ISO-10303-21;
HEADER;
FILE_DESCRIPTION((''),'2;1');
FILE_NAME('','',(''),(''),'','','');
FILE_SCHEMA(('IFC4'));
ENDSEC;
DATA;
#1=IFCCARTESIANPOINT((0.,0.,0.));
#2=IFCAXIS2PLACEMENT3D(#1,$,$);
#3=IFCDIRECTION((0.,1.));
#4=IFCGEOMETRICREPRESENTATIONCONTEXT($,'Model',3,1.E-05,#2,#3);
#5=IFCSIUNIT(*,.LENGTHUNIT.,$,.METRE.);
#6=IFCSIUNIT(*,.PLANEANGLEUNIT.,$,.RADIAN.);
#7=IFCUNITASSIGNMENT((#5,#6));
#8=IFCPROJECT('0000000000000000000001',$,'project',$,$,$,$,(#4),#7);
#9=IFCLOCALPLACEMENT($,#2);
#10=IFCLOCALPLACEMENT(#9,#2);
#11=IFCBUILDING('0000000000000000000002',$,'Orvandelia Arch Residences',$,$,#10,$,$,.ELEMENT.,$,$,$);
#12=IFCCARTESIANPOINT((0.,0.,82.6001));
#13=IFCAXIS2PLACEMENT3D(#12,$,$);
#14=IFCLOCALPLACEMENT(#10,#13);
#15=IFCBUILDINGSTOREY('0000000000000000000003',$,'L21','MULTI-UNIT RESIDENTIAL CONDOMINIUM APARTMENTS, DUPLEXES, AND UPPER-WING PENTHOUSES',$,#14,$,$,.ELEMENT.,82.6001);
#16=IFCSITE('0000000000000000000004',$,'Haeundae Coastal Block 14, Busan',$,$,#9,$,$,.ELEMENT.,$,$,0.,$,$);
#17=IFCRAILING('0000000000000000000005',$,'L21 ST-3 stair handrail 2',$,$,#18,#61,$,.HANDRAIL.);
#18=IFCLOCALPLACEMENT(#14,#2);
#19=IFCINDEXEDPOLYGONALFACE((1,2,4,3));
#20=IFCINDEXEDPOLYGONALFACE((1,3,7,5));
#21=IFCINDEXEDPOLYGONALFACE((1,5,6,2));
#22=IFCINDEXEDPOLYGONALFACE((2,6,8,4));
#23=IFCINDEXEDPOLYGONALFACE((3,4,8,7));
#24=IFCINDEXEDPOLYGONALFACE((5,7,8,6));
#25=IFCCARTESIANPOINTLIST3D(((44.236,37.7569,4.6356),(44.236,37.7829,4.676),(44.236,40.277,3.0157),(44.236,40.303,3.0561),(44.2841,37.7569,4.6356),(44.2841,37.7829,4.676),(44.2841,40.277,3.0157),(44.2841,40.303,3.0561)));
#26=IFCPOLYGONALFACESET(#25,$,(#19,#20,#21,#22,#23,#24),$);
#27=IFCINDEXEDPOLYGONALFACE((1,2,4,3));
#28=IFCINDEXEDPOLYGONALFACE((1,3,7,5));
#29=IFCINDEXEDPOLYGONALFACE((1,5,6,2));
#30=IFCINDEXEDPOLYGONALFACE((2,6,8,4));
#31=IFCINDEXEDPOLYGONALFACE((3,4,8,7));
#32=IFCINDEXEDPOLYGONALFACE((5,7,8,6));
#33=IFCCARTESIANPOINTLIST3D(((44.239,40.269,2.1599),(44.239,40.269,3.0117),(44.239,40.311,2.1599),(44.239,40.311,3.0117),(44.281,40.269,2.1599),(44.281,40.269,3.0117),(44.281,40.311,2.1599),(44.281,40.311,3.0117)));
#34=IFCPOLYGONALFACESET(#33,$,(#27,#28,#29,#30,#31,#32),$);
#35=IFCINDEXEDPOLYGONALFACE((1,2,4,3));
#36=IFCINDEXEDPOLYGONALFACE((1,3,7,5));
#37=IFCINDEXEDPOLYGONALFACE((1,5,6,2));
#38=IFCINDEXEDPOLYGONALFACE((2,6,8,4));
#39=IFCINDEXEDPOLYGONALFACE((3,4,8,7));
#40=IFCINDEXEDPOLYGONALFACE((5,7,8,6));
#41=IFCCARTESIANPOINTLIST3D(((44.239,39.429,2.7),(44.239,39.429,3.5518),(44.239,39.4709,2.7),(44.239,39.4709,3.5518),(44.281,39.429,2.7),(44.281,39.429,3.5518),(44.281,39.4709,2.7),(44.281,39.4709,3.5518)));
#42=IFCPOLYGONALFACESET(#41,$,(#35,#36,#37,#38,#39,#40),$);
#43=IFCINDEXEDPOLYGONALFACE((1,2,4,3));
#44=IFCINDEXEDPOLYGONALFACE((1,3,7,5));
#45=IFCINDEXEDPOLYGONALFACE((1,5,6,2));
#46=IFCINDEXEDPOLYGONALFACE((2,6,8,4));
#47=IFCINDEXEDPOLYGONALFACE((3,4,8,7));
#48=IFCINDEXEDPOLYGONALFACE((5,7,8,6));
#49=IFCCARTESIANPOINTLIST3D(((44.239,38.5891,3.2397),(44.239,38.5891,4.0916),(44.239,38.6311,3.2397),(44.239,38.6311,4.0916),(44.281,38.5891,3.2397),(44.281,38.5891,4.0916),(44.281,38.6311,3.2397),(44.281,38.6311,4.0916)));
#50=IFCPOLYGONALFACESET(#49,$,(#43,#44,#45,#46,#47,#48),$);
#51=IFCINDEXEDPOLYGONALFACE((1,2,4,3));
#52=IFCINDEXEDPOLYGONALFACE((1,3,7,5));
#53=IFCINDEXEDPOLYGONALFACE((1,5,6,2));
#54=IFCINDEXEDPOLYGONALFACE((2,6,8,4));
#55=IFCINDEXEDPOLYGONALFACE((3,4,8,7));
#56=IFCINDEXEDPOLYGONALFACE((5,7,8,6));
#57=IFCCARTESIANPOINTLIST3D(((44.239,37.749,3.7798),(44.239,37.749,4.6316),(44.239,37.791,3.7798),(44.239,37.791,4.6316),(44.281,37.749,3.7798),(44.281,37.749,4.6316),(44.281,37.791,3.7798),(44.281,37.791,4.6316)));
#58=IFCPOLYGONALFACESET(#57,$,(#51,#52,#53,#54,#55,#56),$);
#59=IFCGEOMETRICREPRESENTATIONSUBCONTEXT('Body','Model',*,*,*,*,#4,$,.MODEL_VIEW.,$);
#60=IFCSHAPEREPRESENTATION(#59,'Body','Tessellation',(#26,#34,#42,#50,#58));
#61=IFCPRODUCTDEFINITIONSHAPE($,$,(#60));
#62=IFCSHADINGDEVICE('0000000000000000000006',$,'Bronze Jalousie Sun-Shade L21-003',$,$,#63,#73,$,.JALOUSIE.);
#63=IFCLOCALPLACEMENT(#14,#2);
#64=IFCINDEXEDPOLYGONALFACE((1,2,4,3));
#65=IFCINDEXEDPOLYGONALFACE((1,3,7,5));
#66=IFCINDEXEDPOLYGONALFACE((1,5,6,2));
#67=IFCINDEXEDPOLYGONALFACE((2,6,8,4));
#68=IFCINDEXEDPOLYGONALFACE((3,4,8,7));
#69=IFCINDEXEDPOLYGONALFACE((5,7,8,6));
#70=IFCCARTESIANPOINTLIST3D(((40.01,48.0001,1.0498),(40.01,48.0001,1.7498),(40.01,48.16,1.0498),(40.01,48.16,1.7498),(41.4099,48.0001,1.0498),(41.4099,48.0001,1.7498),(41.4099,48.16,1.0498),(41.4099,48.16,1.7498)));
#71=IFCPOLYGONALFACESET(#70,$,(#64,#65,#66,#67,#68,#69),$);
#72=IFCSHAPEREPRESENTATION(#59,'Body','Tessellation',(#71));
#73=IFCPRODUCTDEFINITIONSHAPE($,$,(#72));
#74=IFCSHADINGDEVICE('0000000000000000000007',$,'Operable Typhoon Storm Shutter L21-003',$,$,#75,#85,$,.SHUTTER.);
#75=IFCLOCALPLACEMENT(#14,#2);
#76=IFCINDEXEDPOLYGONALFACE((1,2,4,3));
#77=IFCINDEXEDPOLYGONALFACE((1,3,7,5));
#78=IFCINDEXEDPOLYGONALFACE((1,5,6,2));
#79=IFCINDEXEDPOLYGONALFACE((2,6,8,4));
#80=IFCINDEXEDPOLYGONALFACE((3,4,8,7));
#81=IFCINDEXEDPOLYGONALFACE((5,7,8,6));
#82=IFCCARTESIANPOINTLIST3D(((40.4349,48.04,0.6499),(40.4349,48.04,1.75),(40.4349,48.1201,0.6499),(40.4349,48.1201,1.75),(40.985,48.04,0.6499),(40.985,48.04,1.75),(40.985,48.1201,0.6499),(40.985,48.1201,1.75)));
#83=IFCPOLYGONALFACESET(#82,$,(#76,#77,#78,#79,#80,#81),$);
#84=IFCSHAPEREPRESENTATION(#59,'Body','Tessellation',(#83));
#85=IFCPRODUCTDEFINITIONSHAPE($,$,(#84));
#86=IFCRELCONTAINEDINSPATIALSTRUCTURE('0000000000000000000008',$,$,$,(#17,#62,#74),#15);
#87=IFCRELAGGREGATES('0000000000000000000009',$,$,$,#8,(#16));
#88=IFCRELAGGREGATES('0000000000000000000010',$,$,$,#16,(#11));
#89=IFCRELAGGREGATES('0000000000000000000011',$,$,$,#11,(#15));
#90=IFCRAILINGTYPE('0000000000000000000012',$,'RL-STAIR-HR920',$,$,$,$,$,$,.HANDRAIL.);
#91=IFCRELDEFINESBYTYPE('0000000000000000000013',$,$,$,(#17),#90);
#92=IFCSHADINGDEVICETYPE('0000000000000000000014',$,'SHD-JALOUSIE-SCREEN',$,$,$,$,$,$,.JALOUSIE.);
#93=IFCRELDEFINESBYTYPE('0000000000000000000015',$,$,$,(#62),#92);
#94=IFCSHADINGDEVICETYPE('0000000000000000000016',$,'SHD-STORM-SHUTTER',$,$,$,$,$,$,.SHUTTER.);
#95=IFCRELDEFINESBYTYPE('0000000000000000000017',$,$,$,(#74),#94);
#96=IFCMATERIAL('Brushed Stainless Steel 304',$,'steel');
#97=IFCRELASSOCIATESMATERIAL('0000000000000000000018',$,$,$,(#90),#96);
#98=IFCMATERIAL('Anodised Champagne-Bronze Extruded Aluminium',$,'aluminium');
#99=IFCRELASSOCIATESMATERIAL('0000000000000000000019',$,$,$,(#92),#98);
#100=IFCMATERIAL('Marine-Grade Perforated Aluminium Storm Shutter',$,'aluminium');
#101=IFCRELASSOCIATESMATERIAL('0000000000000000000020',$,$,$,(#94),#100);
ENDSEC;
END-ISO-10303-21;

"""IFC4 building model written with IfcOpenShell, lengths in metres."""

from ifc_helpers import new_model, si_unit, direction, frame, origin, origin_2d, place, context, subcontext, project, spatial, rectangle, extrude, material, type_object, element, save


model = new_model("IFC4")

# Units and contexts
model_context = context("Model", 3, precision=1e-05, world=origin(), true_north=direction((0.0, 1.0)))
body_context = subcontext(model_context, "Body", "Model", "MODEL_VIEW")
ifc_project = project(units=[si_unit("LENGTHUNIT", "METRE"), si_unit("PLANEANGLEUNIT", "RADIAN")], contexts=[model_context])

# Site, building, storey
site_placement = place(None, origin())
site = spatial("IfcSite", under=ifc_project, at=site_placement, Name="Haeundae Coastal Block 14, Busan", CompositionType="ELEMENT", RefElevation=0.0)
building_placement = place(site_placement, origin())
building = spatial("IfcBuilding", under=site, at=building_placement, Name="Orvandelia Arch Residences", CompositionType="ELEMENT")
storey_placement = place(building_placement, frame((0.0, 0.0, 82.6001)))
storey = spatial("IfcBuildingStorey", under=building, at=storey_placement, Name="L21", Description="MULTI-UNIT RESIDENTIAL CONDOMINIUM APARTMENTS, DUPLEXES, AND UPPER-WING PENTHOUSES", CompositionType="ELEMENT", Elevation=82.6001)

# Railing
ifc_material_1 = material(Name="Brushed Stainless Steel 304", Category="steel")
railing_type = type_object("IfcRailingType", Name="RL-STAIR-HR920", PredefinedType="HANDRAIL", material=ifc_material_1)
railing_placement = place(storey_placement, frame((44.26, 40.29, 2.1599)))
element("IfcRailing", 1, at=railing_placement, inside=storey, type_object=railing_type, Name="L21 ST-3 stair handrail 2", PredefinedType="HANDRAIL", context=body_context, shape_type="SweptSolid", body=[
    extrude(rectangle(XDim=0.0481, YDim=0.0481, at=origin_2d()), frame((0.0, 0.0, 0.876), z_axis=(0.0, -0.8412, 0.540725), x_axis=(1.0, 0.0, 0.0)), (0.0, 0.0, 1.0), 2.9958),
    extrude(rectangle(XDim=0.042, YDim=0.042, at=origin_2d()), origin(), (0.0, 0.0, 1.0), 0.8518),
    extrude(rectangle(XDim=0.042, YDim=0.042, at=origin_2d()), frame((0.0, -0.8401, 0.54)), (0.0, 0.0, 1.0), 0.8518),
    extrude(rectangle(XDim=0.042, YDim=0.042, at=origin_2d()), frame((0.0, -1.6799, 1.0798)), (0.0, 0.0, 1.0), 0.8518),
    extrude(rectangle(XDim=0.042, YDim=0.042, at=origin_2d()), frame((0.0, -2.52, 1.6199)), (0.0, 0.0, 1.0), 0.8518),
])

# Shading devices
ifc_material_2 = material(Name="Anodised Champagne-Bronze Extruded Aluminium", Category="aluminium")
shading_device_type_1 = type_object("IfcShadingDeviceType", Name="SHD-JALOUSIE-SCREEN", PredefinedType="JALOUSIE", material=ifc_material_2)
shading_device_1_placement = place(storey_placement, frame((40.71, 48.0801, 1.0498), z_axis=(0.0, 0.0, 1.0), x_axis=(1.0, 0.0, 0.0)))
element("IfcShadingDevice", 2, at=shading_device_1_placement, inside=storey, type_object=shading_device_type_1, Name="Bronze Jalousie Sun-Shade L21-003", PredefinedType="JALOUSIE", context=body_context, shape_type="SweptSolid", body=[
    extrude(rectangle(XDim=1.3999, YDim=0.1599, at=origin_2d()), origin(), (0.0, 0.0, 1.0), 0.7),
])
ifc_material_3 = material(Name="Marine-Grade Perforated Aluminium Storm Shutter", Category="aluminium")
shading_device_type_2 = type_object("IfcShadingDeviceType", Name="SHD-STORM-SHUTTER", PredefinedType="SHUTTER", material=ifc_material_3)
shading_device_2_placement = place(storey_placement, frame((40.71, 48.0801, 0.6499), z_axis=(0.0, 0.0, 1.0), x_axis=(1.0, 0.0, 0.0)))
element("IfcShadingDevice", 3, at=shading_device_2_placement, inside=storey, type_object=shading_device_type_2, Name="Operable Typhoon Storm Shutter L21-003", PredefinedType="SHUTTER", context=body_context, shape_type="SweptSolid", body=[
    extrude(rectangle(XDim=0.55, YDim=0.0801, at=origin_2d()), origin(), (0.0, 0.0, 1.0), 1.1001),
])

save(model, "model.ifc")
